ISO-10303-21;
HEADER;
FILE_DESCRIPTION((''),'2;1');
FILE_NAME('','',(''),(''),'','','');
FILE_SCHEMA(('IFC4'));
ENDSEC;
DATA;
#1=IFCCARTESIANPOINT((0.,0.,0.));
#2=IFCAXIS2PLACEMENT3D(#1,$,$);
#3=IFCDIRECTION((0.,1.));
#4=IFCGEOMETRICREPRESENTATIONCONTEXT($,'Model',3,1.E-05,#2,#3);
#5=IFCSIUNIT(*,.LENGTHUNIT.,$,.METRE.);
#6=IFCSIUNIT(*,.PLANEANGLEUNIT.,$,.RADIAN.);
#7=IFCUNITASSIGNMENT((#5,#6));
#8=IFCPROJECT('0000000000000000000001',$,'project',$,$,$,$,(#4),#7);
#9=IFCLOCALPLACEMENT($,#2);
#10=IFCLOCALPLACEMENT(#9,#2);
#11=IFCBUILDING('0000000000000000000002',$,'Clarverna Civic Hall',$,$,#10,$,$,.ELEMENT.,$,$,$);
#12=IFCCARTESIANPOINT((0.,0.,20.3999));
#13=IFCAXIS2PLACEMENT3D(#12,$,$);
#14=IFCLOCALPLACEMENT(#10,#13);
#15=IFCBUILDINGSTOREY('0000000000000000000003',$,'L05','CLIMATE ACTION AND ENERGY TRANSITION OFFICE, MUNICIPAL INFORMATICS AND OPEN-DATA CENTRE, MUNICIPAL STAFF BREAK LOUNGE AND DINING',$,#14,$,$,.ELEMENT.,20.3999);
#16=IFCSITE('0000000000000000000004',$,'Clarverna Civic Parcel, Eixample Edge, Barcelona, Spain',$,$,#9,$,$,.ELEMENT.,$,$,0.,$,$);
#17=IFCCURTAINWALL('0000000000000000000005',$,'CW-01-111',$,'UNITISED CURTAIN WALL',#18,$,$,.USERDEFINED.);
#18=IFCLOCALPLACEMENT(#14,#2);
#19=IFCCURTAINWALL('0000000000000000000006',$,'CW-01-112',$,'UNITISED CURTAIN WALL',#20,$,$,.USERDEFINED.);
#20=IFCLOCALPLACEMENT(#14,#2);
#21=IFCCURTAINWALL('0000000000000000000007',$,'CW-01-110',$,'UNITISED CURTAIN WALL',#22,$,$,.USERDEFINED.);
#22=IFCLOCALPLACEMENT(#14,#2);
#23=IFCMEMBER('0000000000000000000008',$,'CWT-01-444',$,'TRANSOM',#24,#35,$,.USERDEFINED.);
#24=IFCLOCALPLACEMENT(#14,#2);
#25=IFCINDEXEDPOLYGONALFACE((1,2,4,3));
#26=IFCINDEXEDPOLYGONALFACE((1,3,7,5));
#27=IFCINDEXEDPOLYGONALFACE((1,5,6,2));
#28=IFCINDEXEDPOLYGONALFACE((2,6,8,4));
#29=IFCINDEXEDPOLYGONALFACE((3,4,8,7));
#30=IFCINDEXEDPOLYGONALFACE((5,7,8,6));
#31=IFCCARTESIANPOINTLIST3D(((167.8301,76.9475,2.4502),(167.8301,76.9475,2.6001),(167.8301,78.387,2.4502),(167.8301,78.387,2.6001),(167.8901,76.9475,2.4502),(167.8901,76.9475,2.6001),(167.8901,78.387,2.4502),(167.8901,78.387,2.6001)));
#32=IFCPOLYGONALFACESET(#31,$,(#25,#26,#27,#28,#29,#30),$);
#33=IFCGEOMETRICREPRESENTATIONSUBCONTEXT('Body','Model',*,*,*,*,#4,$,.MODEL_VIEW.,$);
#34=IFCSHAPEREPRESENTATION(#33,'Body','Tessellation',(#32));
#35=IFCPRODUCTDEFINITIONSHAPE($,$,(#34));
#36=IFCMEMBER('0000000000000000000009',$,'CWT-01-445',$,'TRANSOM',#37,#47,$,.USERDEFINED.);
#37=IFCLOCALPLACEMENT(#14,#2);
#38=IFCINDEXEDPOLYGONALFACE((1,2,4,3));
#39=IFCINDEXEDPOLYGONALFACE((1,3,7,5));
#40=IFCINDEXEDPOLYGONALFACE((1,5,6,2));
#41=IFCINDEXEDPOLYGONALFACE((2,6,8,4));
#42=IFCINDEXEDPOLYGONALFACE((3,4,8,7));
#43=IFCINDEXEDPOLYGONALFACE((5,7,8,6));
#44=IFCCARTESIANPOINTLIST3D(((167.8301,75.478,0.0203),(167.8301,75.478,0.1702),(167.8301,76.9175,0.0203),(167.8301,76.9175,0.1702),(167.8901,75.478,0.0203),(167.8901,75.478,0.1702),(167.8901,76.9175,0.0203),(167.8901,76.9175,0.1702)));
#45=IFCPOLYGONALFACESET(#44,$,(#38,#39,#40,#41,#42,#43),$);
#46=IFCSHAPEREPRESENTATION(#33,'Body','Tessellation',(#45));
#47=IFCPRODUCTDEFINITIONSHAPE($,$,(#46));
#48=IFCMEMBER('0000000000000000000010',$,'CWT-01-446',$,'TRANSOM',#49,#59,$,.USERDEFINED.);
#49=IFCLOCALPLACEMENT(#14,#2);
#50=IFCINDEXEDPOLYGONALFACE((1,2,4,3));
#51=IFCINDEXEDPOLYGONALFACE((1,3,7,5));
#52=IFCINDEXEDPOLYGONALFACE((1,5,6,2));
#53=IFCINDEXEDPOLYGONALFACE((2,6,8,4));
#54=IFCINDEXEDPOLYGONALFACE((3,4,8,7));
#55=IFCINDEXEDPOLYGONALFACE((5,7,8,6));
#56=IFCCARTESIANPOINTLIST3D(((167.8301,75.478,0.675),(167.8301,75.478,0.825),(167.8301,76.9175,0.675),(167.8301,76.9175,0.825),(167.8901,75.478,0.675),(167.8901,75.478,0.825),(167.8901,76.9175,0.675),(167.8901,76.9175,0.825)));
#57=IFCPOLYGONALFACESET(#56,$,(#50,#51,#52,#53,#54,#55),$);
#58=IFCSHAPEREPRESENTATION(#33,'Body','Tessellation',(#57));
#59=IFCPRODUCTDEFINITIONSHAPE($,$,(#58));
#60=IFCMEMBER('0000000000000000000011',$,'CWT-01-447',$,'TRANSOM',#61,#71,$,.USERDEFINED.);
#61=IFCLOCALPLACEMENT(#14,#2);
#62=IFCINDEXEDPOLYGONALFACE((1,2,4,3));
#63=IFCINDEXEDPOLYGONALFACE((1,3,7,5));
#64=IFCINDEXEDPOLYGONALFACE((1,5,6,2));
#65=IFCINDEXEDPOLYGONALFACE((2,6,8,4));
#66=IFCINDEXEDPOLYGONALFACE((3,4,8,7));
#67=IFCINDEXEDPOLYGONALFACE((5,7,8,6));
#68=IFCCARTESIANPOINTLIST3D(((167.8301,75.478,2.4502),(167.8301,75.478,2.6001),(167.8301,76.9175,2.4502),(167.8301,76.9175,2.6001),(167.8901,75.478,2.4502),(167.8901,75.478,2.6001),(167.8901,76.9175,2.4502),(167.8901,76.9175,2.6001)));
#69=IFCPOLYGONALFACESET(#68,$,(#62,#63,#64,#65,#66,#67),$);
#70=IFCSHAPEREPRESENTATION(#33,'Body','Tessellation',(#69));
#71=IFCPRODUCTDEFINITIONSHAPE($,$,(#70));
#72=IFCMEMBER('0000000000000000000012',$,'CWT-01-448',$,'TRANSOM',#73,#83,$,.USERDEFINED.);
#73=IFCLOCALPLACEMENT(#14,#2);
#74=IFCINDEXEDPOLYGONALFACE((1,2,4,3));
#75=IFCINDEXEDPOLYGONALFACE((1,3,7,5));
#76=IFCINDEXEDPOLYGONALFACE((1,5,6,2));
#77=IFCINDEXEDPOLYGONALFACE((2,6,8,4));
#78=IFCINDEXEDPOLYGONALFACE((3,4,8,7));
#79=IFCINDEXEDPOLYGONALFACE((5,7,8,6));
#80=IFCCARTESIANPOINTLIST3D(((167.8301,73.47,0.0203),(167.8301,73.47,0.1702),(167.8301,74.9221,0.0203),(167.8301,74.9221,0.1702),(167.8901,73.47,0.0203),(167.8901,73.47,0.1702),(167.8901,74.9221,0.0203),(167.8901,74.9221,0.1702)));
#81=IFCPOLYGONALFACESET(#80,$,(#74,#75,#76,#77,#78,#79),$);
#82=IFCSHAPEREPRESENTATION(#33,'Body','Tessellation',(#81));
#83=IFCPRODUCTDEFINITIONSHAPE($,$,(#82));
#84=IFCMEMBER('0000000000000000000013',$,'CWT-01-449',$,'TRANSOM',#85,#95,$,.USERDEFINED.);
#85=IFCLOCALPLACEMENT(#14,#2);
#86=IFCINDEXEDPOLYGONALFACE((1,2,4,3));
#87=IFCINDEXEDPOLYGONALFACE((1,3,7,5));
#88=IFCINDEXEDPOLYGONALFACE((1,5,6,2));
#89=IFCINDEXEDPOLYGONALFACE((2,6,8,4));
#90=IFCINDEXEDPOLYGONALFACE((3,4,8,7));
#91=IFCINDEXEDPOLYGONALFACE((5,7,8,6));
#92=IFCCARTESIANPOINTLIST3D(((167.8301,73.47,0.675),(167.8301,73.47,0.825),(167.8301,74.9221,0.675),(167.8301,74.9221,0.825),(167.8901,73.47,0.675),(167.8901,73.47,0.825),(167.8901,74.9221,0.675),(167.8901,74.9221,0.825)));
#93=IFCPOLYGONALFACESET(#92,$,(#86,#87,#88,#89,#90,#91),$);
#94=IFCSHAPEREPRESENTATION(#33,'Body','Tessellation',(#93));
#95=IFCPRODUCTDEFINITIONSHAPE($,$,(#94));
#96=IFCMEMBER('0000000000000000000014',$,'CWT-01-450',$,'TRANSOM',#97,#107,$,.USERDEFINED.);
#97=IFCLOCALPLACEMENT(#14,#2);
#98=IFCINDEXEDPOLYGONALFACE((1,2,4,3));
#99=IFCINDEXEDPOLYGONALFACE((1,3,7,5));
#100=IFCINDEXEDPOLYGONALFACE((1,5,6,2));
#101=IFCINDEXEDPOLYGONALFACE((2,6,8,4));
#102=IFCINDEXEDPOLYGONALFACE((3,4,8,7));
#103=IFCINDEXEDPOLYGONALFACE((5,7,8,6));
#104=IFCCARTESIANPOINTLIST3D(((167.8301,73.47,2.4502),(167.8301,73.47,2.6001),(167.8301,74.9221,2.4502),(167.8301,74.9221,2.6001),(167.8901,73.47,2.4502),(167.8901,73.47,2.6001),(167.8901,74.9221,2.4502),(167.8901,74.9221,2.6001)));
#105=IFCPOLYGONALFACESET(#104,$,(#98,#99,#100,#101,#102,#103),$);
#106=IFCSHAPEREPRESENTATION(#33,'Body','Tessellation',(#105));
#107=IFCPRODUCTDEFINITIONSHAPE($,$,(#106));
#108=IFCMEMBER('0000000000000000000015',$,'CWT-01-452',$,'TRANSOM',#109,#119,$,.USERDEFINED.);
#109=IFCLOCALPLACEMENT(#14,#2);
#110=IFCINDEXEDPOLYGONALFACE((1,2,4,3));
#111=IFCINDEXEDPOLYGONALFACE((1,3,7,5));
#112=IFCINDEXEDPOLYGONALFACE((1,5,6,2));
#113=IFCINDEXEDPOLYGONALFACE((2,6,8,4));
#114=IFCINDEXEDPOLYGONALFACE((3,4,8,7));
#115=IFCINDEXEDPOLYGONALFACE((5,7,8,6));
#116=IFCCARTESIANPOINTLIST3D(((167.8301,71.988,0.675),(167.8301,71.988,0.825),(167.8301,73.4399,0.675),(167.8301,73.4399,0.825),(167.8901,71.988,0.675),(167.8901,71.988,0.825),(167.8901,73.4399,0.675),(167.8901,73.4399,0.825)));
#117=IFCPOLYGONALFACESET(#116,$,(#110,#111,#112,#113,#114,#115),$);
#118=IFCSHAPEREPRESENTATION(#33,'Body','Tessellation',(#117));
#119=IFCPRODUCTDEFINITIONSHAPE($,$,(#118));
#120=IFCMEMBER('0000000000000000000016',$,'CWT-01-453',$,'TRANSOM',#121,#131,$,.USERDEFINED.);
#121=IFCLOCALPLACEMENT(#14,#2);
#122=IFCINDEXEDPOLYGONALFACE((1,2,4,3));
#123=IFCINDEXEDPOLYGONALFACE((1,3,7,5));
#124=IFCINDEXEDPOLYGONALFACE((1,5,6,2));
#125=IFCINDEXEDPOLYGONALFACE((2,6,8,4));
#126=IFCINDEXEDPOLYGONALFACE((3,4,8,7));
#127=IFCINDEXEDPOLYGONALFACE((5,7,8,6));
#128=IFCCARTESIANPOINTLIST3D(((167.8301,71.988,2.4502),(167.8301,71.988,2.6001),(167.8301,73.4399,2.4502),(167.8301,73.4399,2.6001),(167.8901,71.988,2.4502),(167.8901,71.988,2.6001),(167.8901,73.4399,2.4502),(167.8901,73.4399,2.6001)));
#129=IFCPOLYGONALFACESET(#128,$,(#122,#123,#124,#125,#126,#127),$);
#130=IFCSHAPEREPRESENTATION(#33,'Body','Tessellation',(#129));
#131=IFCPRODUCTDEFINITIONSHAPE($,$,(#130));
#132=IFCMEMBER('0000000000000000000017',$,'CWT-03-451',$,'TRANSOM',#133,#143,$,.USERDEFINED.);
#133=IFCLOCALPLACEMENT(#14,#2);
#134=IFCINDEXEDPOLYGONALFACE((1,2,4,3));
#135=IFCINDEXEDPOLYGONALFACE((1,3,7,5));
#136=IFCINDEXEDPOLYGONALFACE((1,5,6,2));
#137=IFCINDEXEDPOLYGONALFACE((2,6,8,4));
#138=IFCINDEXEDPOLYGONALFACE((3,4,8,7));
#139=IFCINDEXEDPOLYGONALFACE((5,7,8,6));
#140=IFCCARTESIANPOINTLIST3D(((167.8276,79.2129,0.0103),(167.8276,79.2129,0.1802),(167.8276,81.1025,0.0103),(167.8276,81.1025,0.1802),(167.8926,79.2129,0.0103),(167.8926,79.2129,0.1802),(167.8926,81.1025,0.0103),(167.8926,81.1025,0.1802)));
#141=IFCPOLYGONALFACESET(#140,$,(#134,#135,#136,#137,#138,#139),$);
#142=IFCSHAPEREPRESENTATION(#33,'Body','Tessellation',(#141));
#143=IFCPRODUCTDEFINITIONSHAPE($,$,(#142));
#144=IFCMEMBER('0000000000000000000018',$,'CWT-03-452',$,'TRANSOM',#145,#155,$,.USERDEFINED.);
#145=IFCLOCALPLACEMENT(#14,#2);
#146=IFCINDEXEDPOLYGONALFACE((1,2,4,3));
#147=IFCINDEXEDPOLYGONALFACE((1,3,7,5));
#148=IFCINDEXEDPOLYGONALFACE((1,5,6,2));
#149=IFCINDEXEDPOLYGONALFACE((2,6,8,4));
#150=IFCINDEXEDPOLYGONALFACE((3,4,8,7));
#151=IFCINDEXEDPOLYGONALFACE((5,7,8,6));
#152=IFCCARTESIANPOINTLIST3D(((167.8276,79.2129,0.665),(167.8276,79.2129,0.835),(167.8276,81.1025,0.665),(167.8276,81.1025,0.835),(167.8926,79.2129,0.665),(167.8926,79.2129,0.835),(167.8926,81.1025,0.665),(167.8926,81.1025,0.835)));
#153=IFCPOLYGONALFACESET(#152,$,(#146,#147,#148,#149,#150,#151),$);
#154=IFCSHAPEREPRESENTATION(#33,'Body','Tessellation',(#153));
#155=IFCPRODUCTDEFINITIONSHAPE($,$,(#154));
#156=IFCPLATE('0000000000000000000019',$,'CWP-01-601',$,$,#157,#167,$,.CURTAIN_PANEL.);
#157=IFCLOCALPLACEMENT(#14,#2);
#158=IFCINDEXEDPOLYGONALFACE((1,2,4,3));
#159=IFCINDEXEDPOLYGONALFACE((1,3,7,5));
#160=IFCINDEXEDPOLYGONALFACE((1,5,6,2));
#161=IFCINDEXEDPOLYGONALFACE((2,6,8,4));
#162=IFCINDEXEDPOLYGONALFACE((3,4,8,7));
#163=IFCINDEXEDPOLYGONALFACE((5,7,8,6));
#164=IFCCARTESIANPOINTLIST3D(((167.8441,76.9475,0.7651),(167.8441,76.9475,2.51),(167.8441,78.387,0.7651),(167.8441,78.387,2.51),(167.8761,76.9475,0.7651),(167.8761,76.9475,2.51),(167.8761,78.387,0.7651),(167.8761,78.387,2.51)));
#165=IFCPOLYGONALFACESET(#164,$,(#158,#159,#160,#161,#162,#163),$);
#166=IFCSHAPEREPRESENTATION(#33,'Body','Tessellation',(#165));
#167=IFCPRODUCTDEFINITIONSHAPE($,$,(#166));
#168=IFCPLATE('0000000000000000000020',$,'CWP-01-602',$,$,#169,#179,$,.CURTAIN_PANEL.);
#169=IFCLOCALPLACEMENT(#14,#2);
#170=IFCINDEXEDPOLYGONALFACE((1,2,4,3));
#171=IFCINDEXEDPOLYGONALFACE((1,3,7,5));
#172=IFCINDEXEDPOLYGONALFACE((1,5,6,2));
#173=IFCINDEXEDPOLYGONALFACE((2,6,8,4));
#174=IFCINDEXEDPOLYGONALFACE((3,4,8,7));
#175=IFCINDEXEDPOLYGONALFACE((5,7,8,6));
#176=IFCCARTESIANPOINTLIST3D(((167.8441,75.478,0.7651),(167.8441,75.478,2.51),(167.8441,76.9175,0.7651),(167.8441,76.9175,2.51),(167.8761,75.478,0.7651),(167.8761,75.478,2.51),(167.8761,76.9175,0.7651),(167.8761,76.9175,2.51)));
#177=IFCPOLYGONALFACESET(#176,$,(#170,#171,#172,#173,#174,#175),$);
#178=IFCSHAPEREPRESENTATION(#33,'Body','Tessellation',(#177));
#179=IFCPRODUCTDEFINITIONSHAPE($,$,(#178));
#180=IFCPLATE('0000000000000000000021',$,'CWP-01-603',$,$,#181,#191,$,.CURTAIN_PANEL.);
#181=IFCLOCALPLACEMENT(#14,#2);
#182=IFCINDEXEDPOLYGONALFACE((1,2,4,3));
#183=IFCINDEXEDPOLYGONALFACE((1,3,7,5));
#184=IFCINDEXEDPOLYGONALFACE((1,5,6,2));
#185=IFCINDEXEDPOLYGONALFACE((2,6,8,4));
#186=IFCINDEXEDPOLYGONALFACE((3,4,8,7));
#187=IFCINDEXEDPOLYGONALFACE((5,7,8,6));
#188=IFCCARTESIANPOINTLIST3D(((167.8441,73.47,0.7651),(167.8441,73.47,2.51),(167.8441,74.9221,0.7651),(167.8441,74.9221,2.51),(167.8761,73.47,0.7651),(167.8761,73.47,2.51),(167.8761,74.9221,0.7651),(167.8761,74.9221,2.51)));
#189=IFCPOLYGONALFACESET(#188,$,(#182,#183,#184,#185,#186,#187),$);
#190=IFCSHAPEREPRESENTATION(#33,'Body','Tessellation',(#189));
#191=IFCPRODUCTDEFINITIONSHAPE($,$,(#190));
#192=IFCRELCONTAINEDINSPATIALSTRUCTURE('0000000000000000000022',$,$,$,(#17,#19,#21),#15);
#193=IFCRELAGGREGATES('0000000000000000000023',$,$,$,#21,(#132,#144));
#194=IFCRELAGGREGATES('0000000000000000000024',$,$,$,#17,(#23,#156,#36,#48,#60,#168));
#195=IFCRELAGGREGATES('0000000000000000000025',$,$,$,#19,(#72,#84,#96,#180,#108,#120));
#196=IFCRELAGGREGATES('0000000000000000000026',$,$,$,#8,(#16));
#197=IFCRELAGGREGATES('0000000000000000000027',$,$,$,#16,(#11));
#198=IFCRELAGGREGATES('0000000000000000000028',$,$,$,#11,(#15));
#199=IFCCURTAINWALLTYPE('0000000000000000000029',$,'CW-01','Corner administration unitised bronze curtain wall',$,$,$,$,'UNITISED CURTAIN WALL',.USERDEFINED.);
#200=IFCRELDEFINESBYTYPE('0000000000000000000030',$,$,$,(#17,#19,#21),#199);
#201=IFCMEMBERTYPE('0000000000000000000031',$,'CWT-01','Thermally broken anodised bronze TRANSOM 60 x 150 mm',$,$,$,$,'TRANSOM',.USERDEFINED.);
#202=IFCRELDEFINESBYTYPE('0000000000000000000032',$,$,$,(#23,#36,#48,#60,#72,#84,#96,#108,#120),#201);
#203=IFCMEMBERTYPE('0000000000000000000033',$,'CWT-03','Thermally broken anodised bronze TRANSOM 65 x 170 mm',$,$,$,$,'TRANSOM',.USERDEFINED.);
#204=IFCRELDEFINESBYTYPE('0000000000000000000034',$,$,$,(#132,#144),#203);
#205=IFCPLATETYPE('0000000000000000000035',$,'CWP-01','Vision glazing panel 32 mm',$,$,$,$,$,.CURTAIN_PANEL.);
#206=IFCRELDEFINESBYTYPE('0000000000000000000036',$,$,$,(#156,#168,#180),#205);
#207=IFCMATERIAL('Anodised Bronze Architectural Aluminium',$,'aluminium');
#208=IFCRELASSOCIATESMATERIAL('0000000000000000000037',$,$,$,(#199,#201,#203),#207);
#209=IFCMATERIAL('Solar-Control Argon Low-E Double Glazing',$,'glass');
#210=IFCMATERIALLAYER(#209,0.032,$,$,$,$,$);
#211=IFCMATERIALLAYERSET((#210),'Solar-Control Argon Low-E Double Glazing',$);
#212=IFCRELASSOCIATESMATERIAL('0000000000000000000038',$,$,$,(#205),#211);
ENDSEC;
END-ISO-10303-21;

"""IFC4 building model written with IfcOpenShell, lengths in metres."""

from ifc_helpers import new_model, si_unit, direction, frame, frame_2d, origin, origin_2d, place, context, subcontext, project, spatial, rectangle, extrude, material, layer, layer_set, material_profile, profile_set, type_object, element, aggregate, save


model = new_model("IFC4")

# Units and contexts
model_context = context("Model", 3, precision=1e-05, world=origin(), true_north=direction((0.0, 1.0)))
body_context = subcontext(model_context, "Body", "Model", "MODEL_VIEW")
ifc_project = project(units=[si_unit("LENGTHUNIT", "METRE"), si_unit("PLANEANGLEUNIT", "RADIAN")], contexts=[model_context])

# Site, building, storey
site_placement = place(None, origin())
site = spatial("IfcSite", under=ifc_project, at=site_placement, Name="Clarverna Civic Parcel, Eixample Edge, Barcelona, Spain", CompositionType="ELEMENT", RefElevation=0.0)
building_placement = place(site_placement, origin())
building = spatial("IfcBuilding", under=site, at=building_placement, Name="Clarverna Civic Hall", CompositionType="ELEMENT")
storey_placement = place(building_placement, frame((0.0, 0.0, 20.3999)))
storey = spatial("IfcBuildingStorey", under=building, at=storey_placement, Name="L05", Description="CLIMATE ACTION AND ENERGY TRANSITION OFFICE, MUNICIPAL INFORMATICS AND OPEN-DATA CENTRE, MUNICIPAL STAFF BREAK LOUNGE AND DINING", CompositionType="ELEMENT", Elevation=20.3999)

# Curtain walls
ifc_material_1 = material(Name="Anodised Bronze Architectural Aluminium", Category="aluminium")
curtain_wall_type = type_object("IfcCurtainWallType", Name="CW-01", Description="Corner administration unitised bronze curtain wall", ElementType="UNITISED CURTAIN WALL", PredefinedType="USERDEFINED", material=ifc_material_1)
curtain_wall_1_placement = place(storey_placement, origin())
curtain_wall_1 = element("IfcCurtainWall", 1, at=curtain_wall_1_placement, inside=storey, type_object=curtain_wall_type, Name="CW-01-111", ObjectType="UNITISED CURTAIN WALL", PredefinedType="USERDEFINED")
curtain_wall_2_placement = place(storey_placement, origin())
curtain_wall_2 = element("IfcCurtainWall", 2, at=curtain_wall_2_placement, inside=storey, type_object=curtain_wall_type, Name="CW-01-112", ObjectType="UNITISED CURTAIN WALL", PredefinedType="USERDEFINED")

# Curtain wall
curtain_wall_3_placement = place(storey_placement, origin())
curtain_wall_3 = element("IfcCurtainWall", 3, at=curtain_wall_3_placement, inside=storey, type_object=curtain_wall_type, Name="CW-01-110", ObjectType="UNITISED CURTAIN WALL", PredefinedType="USERDEFINED")

# Members
ifc_material_profile_1 = material_profile(ifc_material_1, rectangle(XDim=0.0601, YDim=0.1499, at=origin_2d()), Name="BRONZE 60x150")
ifc_profile_set_1 = profile_set([ifc_material_profile_1], Name="Anodised Bronze Architectural Aluminium")
member_type_1 = type_object("IfcMemberType", Name="CWT-01", Description="Thermally broken anodised bronze TRANSOM 60 x 150 mm", ElementType="TRANSOM", PredefinedType="USERDEFINED", material=ifc_profile_set_1)
member_1_placement = place(storey_placement, frame((167.8601, 78.387, 2.5251), z_axis=(0.0, -1.0, 0.0), x_axis=(1.0, 0.0, 0.0)))
member_1 = element("IfcMember", 4, at=member_1_placement, type_object=member_type_1, Name="CWT-01-444", ObjectType="TRANSOM", PredefinedType="USERDEFINED", context=body_context, shape_type="SweptSolid", body=[
    extrude(rectangle(XDim=0.0601, YDim=0.1499, at=origin_2d()), origin(), (0.0, 0.0, 1.0), 1.4395),
])
member_2_placement = place(storey_placement, frame((167.8601, 76.9175, 0.0952), z_axis=(0.0, -1.0, 0.0), x_axis=(1.0, 0.0, 0.0)))
member_2 = element("IfcMember", 5, at=member_2_placement, type_object=member_type_1, Name="CWT-01-445", ObjectType="TRANSOM", PredefinedType="USERDEFINED", context=body_context, shape_type="SweptSolid", body=[
    extrude(rectangle(XDim=0.0601, YDim=0.1499, at=origin_2d()), origin(), (0.0, 0.0, 1.0), 1.4395),
])
member_3_placement = place(storey_placement, frame((167.8601, 76.9175, 0.75), z_axis=(0.0, -1.0, 0.0), x_axis=(1.0, 0.0, 0.0)))
member_3 = element("IfcMember", 6, at=member_3_placement, type_object=member_type_1, Name="CWT-01-446", ObjectType="TRANSOM", PredefinedType="USERDEFINED", context=body_context, shape_type="SweptSolid", body=[
    extrude(rectangle(XDim=0.0601, YDim=0.1499, at=origin_2d()), origin(), (0.0, 0.0, 1.0), 1.4395),
])
member_4_placement = place(storey_placement, frame((167.8601, 76.9175, 2.5251), z_axis=(0.0, -1.0, 0.0), x_axis=(1.0, 0.0, 0.0)))
member_4 = element("IfcMember", 7, at=member_4_placement, type_object=member_type_1, Name="CWT-01-447", ObjectType="TRANSOM", PredefinedType="USERDEFINED", context=body_context, shape_type="SweptSolid", body=[
    extrude(rectangle(XDim=0.0601, YDim=0.1499, at=origin_2d()), origin(), (0.0, 0.0, 1.0), 1.4395),
])
member_5_placement = place(storey_placement, frame((167.8601, 74.9221, 0.0952), z_axis=(0.0, -1.0, 0.0), x_axis=(1.0, 0.0, 0.0)))
member_5 = element("IfcMember", 8, at=member_5_placement, type_object=member_type_1, Name="CWT-01-448", ObjectType="TRANSOM", PredefinedType="USERDEFINED", context=body_context, shape_type="SweptSolid", body=[
    extrude(rectangle(XDim=0.0601, YDim=0.1499, at=origin_2d()), origin(), (0.0, 0.0, 1.0), 1.4521),
])
member_6_placement = place(storey_placement, frame((167.8601, 74.9221, 0.75), z_axis=(0.0, -1.0, 0.0), x_axis=(1.0, 0.0, 0.0)))
member_6 = element("IfcMember", 9, at=member_6_placement, type_object=member_type_1, Name="CWT-01-449", ObjectType="TRANSOM", PredefinedType="USERDEFINED", context=body_context, shape_type="SweptSolid", body=[
    extrude(rectangle(XDim=0.0601, YDim=0.1499, at=origin_2d()), origin(), (0.0, 0.0, 1.0), 1.4521),
])
member_7_placement = place(storey_placement, frame((167.8601, 74.9221, 2.5251), z_axis=(0.0, -1.0, 0.0), x_axis=(1.0, 0.0, 0.0)))
member_7 = element("IfcMember", 10, at=member_7_placement, type_object=member_type_1, Name="CWT-01-450", ObjectType="TRANSOM", PredefinedType="USERDEFINED", context=body_context, shape_type="SweptSolid", body=[
    extrude(rectangle(XDim=0.0601, YDim=0.1499, at=origin_2d()), origin(), (0.0, 0.0, 1.0), 1.4521),
])
member_8_placement = place(storey_placement, frame((167.8601, 73.4399, 0.75), z_axis=(0.0, -1.0, 0.0), x_axis=(1.0, 0.0, 0.0)))
member_8 = element("IfcMember", 11, at=member_8_placement, type_object=member_type_1, Name="CWT-01-452", ObjectType="TRANSOM", PredefinedType="USERDEFINED", context=body_context, shape_type="SweptSolid", body=[
    extrude(rectangle(XDim=0.0601, YDim=0.1499, at=origin_2d()), origin(), (0.0, 0.0, 1.0), 1.4519),
])
member_9_placement = place(storey_placement, frame((167.8601, 73.4399, 2.5251), z_axis=(0.0, -1.0, 0.0), x_axis=(1.0, 0.0, 0.0)))
member_9 = element("IfcMember", 12, at=member_9_placement, type_object=member_type_1, Name="CWT-01-453", ObjectType="TRANSOM", PredefinedType="USERDEFINED", context=body_context, shape_type="SweptSolid", body=[
    extrude(rectangle(XDim=0.0601, YDim=0.1499, at=origin_2d()), origin(), (0.0, 0.0, 1.0), 1.4519),
])
ifc_material_profile_2 = material_profile(ifc_material_1, rectangle(XDim=0.0649, YDim=0.1699, at=origin_2d()), Name="BRONZE 65x170")
ifc_profile_set_2 = profile_set([ifc_material_profile_2], Name="Anodised Bronze Architectural Aluminium")
member_type_2 = type_object("IfcMemberType", Name="CWT-03", Description="Thermally broken anodised bronze TRANSOM 65 x 170 mm", ElementType="TRANSOM", PredefinedType="USERDEFINED", material=ifc_profile_set_2)
member_10_placement = place(storey_placement, frame((167.8601, 81.1025, 0.0952), z_axis=(0.0, -1.0, 0.0), x_axis=(1.0, 0.0, 0.0)))
member_10 = element("IfcMember", 13, at=member_10_placement, type_object=member_type_2, Name="CWT-03-451", ObjectType="TRANSOM", PredefinedType="USERDEFINED", context=body_context, shape_type="SweptSolid", body=[
    extrude(rectangle(XDim=0.0649, YDim=0.1699, at=origin_2d()), origin(), (0.0, 0.0, 1.0), 1.8896),
])
member_11_placement = place(storey_placement, frame((167.8601, 81.1025, 0.75), z_axis=(0.0, -1.0, 0.0), x_axis=(1.0, 0.0, 0.0)))
member_11 = element("IfcMember", 14, at=member_11_placement, type_object=member_type_2, Name="CWT-03-452", ObjectType="TRANSOM", PredefinedType="USERDEFINED", context=body_context, shape_type="SweptSolid", body=[
    extrude(rectangle(XDim=0.0649, YDim=0.1699, at=origin_2d()), origin(), (0.0, 0.0, 1.0), 1.8896),
])
aggregate(curtain_wall_3, [member_10, member_11])

# Plates
ifc_material_2 = material(Name="Solar-Control Argon Low-E Double Glazing", Category="glass")
ifc_layer_1 = layer(ifc_material_2, 0.032)
ifc_layer_set_1 = layer_set([ifc_layer_1], Name="Solar-Control Argon Low-E Double Glazing")
plate_type_1 = type_object("IfcPlateType", Name="CWP-01", Description="Vision glazing panel 32 mm", PredefinedType="CURTAIN_PANEL", material=ifc_layer_set_1)
plate_1_placement = place(storey_placement, frame((167.8601, 78.387, 0.7651), z_axis=(0.0, 0.0, 1.0), x_axis=(0.0, -1.0, 0.0)))
plate_1 = element("IfcPlate", 15, at=plate_1_placement, type_object=plate_type_1, Name="CWP-01-601", PredefinedType="CURTAIN_PANEL", context=body_context, shape_type="SweptSolid", body=[
    extrude(rectangle(XDim=1.4395, YDim=0.032, at=frame_2d((0.7197, 0.0))), origin(), (0.0, 0.0, 1.0), 1.7449),
])
plate_2_placement = place(storey_placement, frame((167.8601, 76.9175, 0.7651), z_axis=(0.0, 0.0, 1.0), x_axis=(0.0, -1.0, 0.0)))
plate_2 = element("IfcPlate", 16, at=plate_2_placement, type_object=plate_type_1, Name="CWP-01-602", PredefinedType="CURTAIN_PANEL", context=body_context, shape_type="SweptSolid", body=[
    extrude(rectangle(XDim=1.4395, YDim=0.032, at=frame_2d((0.7197, 0.0))), origin(), (0.0, 0.0, 1.0), 1.7449),
])
plate_3_placement = place(storey_placement, frame((167.8601, 74.9221, 0.7651), z_axis=(0.0, 0.0, 1.0), x_axis=(0.0, -1.0, 0.0)))
plate_3 = element("IfcPlate", 17, at=plate_3_placement, type_object=plate_type_1, Name="CWP-01-603", PredefinedType="CURTAIN_PANEL", context=body_context, shape_type="SweptSolid", body=[
    extrude(rectangle(XDim=1.4521, YDim=0.032, at=frame_2d((0.7261, 0.0))), origin(), (0.0, 0.0, 1.0), 1.7449),
])
aggregate(curtain_wall_1, [member_1, plate_1, member_2, member_3, member_4, plate_2])
aggregate(curtain_wall_2, [member_5, member_6, member_7, plate_3, member_8, member_9])

save(model, "model.ifc")
